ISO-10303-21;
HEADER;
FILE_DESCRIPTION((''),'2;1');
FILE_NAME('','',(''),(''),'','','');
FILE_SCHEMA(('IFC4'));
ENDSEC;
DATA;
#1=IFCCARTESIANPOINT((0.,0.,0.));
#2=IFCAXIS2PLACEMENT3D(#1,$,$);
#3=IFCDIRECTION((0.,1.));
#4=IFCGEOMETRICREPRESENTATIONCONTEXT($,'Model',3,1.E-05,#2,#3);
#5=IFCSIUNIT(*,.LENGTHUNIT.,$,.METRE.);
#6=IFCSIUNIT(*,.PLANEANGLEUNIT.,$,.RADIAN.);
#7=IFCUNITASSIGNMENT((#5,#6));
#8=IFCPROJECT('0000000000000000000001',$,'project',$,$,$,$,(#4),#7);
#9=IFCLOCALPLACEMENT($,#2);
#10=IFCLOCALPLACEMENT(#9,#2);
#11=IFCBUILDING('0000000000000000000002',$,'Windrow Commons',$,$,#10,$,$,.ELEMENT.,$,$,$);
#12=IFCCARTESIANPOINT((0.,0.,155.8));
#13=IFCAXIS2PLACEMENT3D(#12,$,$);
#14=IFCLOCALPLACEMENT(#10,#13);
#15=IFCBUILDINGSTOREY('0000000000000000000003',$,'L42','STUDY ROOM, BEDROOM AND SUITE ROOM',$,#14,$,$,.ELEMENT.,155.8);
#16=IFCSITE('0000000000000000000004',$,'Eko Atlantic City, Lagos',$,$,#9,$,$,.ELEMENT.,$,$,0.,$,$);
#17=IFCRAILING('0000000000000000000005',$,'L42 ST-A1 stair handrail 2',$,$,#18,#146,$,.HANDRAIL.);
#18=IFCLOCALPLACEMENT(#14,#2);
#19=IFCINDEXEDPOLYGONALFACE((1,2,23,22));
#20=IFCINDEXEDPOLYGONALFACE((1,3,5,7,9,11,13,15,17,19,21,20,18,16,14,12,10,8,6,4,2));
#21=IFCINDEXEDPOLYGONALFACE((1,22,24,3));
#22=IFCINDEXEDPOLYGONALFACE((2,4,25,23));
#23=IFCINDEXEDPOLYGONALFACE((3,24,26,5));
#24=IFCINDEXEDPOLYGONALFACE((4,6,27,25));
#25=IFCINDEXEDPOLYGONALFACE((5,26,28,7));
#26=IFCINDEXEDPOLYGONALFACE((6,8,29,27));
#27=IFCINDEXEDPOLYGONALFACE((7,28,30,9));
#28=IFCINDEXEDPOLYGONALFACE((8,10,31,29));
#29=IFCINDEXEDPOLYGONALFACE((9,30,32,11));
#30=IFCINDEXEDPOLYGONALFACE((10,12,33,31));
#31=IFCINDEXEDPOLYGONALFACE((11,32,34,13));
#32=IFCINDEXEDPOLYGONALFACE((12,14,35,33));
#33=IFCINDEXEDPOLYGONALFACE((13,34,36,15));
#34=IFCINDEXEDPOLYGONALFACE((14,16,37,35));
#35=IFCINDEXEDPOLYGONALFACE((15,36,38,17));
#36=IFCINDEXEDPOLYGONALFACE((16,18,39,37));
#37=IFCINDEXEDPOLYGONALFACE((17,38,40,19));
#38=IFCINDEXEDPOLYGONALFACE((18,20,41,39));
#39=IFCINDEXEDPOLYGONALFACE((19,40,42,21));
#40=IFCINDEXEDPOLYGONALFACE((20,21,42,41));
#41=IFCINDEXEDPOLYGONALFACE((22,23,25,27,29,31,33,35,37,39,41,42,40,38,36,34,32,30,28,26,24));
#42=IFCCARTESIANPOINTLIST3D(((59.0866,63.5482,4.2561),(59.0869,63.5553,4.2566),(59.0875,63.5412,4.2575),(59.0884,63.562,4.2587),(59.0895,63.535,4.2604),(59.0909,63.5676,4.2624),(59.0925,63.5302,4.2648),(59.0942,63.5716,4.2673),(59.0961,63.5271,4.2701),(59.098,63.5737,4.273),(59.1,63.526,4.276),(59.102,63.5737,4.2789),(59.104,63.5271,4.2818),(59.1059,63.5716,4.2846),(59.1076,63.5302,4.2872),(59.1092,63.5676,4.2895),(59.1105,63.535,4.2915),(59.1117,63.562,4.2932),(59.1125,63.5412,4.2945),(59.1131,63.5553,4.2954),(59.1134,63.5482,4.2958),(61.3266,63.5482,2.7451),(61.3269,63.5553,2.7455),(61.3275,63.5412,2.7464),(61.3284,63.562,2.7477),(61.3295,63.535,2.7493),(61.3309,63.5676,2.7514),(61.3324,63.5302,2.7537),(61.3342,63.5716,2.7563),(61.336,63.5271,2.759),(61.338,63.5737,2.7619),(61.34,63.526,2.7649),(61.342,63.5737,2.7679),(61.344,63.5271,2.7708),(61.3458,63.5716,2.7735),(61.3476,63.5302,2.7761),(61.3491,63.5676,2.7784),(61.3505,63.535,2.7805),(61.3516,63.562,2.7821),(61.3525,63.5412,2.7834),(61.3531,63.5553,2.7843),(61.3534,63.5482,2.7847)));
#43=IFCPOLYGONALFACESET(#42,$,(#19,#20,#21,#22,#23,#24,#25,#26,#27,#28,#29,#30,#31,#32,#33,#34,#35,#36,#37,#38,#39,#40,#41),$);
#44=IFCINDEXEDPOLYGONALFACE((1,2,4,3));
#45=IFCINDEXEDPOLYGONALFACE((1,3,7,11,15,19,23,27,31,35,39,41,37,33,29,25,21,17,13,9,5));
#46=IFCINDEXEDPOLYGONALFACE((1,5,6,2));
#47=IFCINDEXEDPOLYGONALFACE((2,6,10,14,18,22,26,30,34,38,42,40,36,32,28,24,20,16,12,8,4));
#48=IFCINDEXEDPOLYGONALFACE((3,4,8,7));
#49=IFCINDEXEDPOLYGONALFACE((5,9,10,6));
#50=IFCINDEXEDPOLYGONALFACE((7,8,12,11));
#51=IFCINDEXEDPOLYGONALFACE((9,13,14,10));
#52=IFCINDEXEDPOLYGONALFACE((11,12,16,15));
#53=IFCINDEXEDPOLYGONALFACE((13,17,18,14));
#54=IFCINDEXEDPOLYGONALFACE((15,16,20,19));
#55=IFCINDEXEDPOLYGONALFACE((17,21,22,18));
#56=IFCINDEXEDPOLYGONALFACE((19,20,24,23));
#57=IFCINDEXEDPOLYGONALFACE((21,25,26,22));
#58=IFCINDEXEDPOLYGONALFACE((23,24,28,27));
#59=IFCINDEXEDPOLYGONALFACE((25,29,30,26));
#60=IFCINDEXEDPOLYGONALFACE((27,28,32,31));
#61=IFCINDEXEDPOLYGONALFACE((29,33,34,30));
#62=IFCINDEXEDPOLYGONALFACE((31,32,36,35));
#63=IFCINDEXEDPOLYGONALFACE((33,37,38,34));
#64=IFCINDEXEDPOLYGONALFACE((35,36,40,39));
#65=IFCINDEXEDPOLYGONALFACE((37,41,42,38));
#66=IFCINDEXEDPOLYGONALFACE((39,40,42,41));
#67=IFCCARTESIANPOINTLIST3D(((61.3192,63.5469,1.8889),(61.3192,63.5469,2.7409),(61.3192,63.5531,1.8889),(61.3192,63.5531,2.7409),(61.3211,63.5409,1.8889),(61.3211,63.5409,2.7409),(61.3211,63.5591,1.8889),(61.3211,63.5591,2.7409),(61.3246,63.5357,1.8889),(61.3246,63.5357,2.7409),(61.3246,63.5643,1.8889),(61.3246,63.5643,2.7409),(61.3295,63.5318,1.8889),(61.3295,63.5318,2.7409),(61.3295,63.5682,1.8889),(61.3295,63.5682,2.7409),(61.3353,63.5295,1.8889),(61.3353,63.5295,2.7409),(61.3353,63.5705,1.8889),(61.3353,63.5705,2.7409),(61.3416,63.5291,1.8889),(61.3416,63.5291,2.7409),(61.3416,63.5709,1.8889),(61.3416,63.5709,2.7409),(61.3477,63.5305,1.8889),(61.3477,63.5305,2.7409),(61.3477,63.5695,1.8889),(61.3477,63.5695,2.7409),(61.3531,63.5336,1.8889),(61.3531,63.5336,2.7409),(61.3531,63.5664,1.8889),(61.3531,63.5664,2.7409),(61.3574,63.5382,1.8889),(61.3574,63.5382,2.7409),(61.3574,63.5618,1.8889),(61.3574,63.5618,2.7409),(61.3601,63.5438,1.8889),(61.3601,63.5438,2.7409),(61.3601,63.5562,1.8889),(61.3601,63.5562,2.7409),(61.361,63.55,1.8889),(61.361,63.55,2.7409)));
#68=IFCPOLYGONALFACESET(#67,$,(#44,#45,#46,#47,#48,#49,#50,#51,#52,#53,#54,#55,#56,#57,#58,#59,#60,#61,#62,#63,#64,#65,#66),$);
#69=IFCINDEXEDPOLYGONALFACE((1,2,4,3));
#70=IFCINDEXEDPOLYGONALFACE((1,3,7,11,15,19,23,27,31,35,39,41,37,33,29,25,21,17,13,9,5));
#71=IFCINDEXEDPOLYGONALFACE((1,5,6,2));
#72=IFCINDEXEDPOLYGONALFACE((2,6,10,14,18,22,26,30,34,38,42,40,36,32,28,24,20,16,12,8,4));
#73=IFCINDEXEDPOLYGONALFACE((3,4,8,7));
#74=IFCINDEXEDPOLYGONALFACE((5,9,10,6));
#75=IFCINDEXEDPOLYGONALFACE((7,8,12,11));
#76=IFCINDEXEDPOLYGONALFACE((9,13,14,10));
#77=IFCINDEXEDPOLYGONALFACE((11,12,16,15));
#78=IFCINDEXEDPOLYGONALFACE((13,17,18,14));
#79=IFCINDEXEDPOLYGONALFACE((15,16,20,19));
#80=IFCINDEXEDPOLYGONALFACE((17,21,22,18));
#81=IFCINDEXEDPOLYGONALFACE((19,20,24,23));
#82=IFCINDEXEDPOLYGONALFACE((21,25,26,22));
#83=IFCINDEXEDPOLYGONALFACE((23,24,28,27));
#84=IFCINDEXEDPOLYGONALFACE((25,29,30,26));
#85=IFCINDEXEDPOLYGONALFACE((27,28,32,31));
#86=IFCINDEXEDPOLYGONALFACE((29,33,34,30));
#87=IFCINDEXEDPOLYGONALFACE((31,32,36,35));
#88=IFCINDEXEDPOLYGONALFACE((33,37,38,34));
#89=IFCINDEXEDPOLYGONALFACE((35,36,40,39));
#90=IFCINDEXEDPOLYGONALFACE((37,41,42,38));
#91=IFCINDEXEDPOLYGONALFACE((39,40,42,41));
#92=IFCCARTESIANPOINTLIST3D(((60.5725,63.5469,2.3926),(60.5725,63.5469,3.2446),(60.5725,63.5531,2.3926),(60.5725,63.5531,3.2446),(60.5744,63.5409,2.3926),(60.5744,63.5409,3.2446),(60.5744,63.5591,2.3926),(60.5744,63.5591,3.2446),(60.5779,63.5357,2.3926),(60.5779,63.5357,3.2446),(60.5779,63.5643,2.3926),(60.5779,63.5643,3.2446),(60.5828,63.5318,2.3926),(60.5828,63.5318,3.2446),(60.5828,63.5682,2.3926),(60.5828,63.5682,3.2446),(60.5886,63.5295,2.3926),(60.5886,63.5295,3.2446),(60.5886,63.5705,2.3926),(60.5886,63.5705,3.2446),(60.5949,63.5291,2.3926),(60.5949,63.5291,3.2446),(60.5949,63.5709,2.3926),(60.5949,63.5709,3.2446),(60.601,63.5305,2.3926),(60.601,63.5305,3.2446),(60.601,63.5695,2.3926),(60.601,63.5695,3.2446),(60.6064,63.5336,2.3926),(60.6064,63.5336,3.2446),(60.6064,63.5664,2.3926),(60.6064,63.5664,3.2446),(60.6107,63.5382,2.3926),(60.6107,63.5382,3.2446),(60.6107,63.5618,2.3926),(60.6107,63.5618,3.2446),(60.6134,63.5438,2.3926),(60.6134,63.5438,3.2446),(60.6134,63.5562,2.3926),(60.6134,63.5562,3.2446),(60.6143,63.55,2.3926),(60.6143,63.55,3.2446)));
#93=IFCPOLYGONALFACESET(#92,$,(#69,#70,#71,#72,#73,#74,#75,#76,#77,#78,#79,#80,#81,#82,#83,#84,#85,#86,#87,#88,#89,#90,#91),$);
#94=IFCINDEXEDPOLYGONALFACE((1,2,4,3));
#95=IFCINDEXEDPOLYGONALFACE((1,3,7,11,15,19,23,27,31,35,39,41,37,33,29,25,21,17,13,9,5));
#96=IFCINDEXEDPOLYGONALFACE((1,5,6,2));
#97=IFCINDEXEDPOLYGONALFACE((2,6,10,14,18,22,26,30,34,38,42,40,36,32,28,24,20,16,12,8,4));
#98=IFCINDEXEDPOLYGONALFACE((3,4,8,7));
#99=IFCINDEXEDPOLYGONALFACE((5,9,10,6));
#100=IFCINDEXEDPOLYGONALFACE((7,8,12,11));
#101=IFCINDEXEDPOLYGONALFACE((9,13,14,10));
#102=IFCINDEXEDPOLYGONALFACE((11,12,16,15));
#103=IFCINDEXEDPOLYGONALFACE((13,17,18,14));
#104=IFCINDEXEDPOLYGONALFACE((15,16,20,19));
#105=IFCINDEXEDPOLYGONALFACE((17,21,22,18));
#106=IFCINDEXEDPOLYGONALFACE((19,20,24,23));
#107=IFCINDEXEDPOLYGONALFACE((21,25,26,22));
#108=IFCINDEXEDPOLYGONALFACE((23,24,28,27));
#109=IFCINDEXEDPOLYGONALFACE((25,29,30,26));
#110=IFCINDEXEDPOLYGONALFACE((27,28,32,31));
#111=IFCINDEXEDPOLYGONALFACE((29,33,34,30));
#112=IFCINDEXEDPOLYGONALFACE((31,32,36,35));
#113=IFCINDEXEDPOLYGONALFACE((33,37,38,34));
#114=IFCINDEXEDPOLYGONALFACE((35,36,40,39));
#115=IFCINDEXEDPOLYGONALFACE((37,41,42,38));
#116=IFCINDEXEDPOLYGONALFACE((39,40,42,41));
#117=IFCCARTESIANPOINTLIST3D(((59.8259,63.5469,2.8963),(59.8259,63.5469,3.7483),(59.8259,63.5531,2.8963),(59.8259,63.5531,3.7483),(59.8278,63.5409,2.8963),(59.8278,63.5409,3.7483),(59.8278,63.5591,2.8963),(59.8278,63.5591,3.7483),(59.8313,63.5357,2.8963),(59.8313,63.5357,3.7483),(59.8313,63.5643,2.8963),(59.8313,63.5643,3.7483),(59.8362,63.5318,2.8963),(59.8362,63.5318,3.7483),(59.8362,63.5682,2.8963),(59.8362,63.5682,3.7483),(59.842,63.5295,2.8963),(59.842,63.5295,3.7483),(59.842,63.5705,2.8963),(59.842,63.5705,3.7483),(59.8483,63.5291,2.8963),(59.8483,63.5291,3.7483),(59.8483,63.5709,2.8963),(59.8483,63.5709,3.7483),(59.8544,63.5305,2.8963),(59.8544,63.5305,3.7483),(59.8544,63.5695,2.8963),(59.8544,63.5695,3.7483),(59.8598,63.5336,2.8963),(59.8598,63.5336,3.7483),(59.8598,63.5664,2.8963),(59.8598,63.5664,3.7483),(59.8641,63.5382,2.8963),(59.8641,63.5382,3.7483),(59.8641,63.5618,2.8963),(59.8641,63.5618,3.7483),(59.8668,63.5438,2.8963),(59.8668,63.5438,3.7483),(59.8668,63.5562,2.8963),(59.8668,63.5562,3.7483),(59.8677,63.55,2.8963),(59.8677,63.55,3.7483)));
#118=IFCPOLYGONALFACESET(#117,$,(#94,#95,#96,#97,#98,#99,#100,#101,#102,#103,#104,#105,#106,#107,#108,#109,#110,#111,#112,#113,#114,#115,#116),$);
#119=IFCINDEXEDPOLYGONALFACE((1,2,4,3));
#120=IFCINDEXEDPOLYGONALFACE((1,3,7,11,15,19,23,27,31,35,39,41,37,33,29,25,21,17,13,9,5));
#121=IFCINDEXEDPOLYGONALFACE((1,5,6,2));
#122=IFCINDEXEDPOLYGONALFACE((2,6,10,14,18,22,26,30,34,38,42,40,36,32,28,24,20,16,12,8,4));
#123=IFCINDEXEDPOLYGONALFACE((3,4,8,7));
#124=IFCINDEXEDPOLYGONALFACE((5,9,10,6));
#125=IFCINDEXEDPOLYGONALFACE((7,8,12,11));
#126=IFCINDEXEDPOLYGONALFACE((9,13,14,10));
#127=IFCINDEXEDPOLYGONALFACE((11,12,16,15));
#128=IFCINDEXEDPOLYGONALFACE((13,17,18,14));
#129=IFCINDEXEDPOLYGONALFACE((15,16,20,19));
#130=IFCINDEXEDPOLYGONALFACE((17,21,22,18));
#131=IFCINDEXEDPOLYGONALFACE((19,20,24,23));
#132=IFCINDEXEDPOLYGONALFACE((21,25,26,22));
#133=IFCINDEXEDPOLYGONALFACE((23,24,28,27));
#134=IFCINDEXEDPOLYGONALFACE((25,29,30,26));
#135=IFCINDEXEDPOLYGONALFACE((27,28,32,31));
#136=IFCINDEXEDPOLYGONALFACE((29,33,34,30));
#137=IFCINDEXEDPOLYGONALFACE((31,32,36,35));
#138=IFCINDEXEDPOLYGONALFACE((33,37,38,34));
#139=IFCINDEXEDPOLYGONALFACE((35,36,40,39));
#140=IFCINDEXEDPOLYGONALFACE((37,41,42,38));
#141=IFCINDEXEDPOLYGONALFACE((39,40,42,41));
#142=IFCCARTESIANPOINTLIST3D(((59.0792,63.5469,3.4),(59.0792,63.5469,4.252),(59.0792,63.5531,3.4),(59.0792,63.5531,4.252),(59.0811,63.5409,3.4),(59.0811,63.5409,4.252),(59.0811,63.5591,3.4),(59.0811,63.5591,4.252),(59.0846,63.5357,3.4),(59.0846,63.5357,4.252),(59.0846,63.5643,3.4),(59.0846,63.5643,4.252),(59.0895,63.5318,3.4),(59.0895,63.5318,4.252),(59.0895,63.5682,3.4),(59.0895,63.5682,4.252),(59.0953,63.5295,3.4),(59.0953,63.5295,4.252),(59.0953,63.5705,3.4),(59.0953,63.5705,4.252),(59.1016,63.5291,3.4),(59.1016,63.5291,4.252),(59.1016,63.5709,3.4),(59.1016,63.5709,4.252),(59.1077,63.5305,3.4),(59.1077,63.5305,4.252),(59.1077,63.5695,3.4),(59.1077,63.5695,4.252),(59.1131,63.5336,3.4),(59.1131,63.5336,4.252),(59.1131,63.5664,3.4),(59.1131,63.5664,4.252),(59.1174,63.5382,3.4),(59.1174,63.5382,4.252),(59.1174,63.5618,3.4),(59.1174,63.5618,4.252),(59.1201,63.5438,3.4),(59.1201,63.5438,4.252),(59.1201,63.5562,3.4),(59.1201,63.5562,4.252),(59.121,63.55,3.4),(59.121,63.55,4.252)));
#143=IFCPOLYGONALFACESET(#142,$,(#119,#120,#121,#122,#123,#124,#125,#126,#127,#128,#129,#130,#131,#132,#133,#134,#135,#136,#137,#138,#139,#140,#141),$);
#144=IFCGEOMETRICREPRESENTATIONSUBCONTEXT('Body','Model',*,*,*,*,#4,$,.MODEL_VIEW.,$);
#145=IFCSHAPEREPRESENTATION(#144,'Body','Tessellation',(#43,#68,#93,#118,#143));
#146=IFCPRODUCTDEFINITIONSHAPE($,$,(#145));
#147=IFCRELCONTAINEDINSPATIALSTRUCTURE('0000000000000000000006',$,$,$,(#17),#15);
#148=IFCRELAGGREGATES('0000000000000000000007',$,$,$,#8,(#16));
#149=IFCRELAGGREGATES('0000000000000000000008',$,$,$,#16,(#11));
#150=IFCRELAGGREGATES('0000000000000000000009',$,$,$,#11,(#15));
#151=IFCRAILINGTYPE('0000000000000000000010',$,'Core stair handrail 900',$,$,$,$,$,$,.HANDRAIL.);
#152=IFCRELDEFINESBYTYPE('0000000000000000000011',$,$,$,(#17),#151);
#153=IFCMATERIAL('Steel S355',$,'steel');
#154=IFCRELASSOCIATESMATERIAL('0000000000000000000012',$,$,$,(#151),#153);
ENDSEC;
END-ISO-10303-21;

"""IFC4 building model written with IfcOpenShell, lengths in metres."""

from ifc_helpers import new_model, si_unit, direction, frame, origin, origin_2d, place, context, subcontext, project, spatial, circle, extrude, material, type_object, element, save


model = new_model("IFC4")

# Units and contexts
model_context = context("Model", 3, precision=1e-05, world=origin(), true_north=direction((0.0, 1.0)))
body_context = subcontext(model_context, "Body", "Model", "MODEL_VIEW")
ifc_project = project(units=[si_unit("LENGTHUNIT", "METRE"), si_unit("PLANEANGLEUNIT", "RADIAN")], contexts=[model_context])

# Site, building, storey
site_placement = place(None, origin())
site = spatial("IfcSite", under=ifc_project, at=site_placement, Name="Eko Atlantic City, Lagos", CompositionType="ELEMENT", RefElevation=0.0)
building_placement = place(site_placement, origin())
building = spatial("IfcBuilding", under=site, at=building_placement, Name="Windrow Commons", CompositionType="ELEMENT")
storey_placement = place(building_placement, frame((0.0, 0.0, 155.8)))
storey = spatial("IfcBuildingStorey", under=building, at=storey_placement, Name="L42", Description="STUDY ROOM, BEDROOM AND SUITE ROOM", CompositionType="ELEMENT", Elevation=155.8)

# Railing
ifc_material_1 = material(Name="Steel S355", Category="steel")
railing_type_1 = type_object("IfcRailingType", Name="Core stair handrail 900", PredefinedType="HANDRAIL", material=ifc_material_1)
railing_1_placement = place(storey_placement, frame((61.34, 63.55, 1.8889)))
element("IfcRailing", 1, at=railing_1_placement, inside=storey, type_object=railing_type_1, Name="L42 ST-A1 stair handrail 2", PredefinedType="HANDRAIL", context=body_context, shape_type="SweptSolid", body=[
    extrude(circle(Radius=0.024, at=origin_2d()), frame((0.0, 0.0, 0.876), z_axis=(-0.829003, 0.0, 0.559244), x_axis=(0.0, -1.0, 0.0)), (0.0, 0.0, 1.0), 2.702),
    extrude(circle(Radius=0.021, at=origin_2d()), origin(), (0.0, 0.0, 1.0), 0.852),
    extrude(circle(Radius=0.021, at=origin_2d()), frame((-0.7467, 0.0, 0.5037)), (0.0, 0.0, 1.0), 0.852),
    extrude(circle(Radius=0.021, at=origin_2d()), frame((-1.4933, 0.0, 1.0074)), (0.0, 0.0, 1.0), 0.852),
    extrude(circle(Radius=0.021, at=origin_2d()), frame((-2.24, 0.0, 1.5111)), (0.0, 0.0, 1.0), 0.852),
])

save(model, "model.ifc")
